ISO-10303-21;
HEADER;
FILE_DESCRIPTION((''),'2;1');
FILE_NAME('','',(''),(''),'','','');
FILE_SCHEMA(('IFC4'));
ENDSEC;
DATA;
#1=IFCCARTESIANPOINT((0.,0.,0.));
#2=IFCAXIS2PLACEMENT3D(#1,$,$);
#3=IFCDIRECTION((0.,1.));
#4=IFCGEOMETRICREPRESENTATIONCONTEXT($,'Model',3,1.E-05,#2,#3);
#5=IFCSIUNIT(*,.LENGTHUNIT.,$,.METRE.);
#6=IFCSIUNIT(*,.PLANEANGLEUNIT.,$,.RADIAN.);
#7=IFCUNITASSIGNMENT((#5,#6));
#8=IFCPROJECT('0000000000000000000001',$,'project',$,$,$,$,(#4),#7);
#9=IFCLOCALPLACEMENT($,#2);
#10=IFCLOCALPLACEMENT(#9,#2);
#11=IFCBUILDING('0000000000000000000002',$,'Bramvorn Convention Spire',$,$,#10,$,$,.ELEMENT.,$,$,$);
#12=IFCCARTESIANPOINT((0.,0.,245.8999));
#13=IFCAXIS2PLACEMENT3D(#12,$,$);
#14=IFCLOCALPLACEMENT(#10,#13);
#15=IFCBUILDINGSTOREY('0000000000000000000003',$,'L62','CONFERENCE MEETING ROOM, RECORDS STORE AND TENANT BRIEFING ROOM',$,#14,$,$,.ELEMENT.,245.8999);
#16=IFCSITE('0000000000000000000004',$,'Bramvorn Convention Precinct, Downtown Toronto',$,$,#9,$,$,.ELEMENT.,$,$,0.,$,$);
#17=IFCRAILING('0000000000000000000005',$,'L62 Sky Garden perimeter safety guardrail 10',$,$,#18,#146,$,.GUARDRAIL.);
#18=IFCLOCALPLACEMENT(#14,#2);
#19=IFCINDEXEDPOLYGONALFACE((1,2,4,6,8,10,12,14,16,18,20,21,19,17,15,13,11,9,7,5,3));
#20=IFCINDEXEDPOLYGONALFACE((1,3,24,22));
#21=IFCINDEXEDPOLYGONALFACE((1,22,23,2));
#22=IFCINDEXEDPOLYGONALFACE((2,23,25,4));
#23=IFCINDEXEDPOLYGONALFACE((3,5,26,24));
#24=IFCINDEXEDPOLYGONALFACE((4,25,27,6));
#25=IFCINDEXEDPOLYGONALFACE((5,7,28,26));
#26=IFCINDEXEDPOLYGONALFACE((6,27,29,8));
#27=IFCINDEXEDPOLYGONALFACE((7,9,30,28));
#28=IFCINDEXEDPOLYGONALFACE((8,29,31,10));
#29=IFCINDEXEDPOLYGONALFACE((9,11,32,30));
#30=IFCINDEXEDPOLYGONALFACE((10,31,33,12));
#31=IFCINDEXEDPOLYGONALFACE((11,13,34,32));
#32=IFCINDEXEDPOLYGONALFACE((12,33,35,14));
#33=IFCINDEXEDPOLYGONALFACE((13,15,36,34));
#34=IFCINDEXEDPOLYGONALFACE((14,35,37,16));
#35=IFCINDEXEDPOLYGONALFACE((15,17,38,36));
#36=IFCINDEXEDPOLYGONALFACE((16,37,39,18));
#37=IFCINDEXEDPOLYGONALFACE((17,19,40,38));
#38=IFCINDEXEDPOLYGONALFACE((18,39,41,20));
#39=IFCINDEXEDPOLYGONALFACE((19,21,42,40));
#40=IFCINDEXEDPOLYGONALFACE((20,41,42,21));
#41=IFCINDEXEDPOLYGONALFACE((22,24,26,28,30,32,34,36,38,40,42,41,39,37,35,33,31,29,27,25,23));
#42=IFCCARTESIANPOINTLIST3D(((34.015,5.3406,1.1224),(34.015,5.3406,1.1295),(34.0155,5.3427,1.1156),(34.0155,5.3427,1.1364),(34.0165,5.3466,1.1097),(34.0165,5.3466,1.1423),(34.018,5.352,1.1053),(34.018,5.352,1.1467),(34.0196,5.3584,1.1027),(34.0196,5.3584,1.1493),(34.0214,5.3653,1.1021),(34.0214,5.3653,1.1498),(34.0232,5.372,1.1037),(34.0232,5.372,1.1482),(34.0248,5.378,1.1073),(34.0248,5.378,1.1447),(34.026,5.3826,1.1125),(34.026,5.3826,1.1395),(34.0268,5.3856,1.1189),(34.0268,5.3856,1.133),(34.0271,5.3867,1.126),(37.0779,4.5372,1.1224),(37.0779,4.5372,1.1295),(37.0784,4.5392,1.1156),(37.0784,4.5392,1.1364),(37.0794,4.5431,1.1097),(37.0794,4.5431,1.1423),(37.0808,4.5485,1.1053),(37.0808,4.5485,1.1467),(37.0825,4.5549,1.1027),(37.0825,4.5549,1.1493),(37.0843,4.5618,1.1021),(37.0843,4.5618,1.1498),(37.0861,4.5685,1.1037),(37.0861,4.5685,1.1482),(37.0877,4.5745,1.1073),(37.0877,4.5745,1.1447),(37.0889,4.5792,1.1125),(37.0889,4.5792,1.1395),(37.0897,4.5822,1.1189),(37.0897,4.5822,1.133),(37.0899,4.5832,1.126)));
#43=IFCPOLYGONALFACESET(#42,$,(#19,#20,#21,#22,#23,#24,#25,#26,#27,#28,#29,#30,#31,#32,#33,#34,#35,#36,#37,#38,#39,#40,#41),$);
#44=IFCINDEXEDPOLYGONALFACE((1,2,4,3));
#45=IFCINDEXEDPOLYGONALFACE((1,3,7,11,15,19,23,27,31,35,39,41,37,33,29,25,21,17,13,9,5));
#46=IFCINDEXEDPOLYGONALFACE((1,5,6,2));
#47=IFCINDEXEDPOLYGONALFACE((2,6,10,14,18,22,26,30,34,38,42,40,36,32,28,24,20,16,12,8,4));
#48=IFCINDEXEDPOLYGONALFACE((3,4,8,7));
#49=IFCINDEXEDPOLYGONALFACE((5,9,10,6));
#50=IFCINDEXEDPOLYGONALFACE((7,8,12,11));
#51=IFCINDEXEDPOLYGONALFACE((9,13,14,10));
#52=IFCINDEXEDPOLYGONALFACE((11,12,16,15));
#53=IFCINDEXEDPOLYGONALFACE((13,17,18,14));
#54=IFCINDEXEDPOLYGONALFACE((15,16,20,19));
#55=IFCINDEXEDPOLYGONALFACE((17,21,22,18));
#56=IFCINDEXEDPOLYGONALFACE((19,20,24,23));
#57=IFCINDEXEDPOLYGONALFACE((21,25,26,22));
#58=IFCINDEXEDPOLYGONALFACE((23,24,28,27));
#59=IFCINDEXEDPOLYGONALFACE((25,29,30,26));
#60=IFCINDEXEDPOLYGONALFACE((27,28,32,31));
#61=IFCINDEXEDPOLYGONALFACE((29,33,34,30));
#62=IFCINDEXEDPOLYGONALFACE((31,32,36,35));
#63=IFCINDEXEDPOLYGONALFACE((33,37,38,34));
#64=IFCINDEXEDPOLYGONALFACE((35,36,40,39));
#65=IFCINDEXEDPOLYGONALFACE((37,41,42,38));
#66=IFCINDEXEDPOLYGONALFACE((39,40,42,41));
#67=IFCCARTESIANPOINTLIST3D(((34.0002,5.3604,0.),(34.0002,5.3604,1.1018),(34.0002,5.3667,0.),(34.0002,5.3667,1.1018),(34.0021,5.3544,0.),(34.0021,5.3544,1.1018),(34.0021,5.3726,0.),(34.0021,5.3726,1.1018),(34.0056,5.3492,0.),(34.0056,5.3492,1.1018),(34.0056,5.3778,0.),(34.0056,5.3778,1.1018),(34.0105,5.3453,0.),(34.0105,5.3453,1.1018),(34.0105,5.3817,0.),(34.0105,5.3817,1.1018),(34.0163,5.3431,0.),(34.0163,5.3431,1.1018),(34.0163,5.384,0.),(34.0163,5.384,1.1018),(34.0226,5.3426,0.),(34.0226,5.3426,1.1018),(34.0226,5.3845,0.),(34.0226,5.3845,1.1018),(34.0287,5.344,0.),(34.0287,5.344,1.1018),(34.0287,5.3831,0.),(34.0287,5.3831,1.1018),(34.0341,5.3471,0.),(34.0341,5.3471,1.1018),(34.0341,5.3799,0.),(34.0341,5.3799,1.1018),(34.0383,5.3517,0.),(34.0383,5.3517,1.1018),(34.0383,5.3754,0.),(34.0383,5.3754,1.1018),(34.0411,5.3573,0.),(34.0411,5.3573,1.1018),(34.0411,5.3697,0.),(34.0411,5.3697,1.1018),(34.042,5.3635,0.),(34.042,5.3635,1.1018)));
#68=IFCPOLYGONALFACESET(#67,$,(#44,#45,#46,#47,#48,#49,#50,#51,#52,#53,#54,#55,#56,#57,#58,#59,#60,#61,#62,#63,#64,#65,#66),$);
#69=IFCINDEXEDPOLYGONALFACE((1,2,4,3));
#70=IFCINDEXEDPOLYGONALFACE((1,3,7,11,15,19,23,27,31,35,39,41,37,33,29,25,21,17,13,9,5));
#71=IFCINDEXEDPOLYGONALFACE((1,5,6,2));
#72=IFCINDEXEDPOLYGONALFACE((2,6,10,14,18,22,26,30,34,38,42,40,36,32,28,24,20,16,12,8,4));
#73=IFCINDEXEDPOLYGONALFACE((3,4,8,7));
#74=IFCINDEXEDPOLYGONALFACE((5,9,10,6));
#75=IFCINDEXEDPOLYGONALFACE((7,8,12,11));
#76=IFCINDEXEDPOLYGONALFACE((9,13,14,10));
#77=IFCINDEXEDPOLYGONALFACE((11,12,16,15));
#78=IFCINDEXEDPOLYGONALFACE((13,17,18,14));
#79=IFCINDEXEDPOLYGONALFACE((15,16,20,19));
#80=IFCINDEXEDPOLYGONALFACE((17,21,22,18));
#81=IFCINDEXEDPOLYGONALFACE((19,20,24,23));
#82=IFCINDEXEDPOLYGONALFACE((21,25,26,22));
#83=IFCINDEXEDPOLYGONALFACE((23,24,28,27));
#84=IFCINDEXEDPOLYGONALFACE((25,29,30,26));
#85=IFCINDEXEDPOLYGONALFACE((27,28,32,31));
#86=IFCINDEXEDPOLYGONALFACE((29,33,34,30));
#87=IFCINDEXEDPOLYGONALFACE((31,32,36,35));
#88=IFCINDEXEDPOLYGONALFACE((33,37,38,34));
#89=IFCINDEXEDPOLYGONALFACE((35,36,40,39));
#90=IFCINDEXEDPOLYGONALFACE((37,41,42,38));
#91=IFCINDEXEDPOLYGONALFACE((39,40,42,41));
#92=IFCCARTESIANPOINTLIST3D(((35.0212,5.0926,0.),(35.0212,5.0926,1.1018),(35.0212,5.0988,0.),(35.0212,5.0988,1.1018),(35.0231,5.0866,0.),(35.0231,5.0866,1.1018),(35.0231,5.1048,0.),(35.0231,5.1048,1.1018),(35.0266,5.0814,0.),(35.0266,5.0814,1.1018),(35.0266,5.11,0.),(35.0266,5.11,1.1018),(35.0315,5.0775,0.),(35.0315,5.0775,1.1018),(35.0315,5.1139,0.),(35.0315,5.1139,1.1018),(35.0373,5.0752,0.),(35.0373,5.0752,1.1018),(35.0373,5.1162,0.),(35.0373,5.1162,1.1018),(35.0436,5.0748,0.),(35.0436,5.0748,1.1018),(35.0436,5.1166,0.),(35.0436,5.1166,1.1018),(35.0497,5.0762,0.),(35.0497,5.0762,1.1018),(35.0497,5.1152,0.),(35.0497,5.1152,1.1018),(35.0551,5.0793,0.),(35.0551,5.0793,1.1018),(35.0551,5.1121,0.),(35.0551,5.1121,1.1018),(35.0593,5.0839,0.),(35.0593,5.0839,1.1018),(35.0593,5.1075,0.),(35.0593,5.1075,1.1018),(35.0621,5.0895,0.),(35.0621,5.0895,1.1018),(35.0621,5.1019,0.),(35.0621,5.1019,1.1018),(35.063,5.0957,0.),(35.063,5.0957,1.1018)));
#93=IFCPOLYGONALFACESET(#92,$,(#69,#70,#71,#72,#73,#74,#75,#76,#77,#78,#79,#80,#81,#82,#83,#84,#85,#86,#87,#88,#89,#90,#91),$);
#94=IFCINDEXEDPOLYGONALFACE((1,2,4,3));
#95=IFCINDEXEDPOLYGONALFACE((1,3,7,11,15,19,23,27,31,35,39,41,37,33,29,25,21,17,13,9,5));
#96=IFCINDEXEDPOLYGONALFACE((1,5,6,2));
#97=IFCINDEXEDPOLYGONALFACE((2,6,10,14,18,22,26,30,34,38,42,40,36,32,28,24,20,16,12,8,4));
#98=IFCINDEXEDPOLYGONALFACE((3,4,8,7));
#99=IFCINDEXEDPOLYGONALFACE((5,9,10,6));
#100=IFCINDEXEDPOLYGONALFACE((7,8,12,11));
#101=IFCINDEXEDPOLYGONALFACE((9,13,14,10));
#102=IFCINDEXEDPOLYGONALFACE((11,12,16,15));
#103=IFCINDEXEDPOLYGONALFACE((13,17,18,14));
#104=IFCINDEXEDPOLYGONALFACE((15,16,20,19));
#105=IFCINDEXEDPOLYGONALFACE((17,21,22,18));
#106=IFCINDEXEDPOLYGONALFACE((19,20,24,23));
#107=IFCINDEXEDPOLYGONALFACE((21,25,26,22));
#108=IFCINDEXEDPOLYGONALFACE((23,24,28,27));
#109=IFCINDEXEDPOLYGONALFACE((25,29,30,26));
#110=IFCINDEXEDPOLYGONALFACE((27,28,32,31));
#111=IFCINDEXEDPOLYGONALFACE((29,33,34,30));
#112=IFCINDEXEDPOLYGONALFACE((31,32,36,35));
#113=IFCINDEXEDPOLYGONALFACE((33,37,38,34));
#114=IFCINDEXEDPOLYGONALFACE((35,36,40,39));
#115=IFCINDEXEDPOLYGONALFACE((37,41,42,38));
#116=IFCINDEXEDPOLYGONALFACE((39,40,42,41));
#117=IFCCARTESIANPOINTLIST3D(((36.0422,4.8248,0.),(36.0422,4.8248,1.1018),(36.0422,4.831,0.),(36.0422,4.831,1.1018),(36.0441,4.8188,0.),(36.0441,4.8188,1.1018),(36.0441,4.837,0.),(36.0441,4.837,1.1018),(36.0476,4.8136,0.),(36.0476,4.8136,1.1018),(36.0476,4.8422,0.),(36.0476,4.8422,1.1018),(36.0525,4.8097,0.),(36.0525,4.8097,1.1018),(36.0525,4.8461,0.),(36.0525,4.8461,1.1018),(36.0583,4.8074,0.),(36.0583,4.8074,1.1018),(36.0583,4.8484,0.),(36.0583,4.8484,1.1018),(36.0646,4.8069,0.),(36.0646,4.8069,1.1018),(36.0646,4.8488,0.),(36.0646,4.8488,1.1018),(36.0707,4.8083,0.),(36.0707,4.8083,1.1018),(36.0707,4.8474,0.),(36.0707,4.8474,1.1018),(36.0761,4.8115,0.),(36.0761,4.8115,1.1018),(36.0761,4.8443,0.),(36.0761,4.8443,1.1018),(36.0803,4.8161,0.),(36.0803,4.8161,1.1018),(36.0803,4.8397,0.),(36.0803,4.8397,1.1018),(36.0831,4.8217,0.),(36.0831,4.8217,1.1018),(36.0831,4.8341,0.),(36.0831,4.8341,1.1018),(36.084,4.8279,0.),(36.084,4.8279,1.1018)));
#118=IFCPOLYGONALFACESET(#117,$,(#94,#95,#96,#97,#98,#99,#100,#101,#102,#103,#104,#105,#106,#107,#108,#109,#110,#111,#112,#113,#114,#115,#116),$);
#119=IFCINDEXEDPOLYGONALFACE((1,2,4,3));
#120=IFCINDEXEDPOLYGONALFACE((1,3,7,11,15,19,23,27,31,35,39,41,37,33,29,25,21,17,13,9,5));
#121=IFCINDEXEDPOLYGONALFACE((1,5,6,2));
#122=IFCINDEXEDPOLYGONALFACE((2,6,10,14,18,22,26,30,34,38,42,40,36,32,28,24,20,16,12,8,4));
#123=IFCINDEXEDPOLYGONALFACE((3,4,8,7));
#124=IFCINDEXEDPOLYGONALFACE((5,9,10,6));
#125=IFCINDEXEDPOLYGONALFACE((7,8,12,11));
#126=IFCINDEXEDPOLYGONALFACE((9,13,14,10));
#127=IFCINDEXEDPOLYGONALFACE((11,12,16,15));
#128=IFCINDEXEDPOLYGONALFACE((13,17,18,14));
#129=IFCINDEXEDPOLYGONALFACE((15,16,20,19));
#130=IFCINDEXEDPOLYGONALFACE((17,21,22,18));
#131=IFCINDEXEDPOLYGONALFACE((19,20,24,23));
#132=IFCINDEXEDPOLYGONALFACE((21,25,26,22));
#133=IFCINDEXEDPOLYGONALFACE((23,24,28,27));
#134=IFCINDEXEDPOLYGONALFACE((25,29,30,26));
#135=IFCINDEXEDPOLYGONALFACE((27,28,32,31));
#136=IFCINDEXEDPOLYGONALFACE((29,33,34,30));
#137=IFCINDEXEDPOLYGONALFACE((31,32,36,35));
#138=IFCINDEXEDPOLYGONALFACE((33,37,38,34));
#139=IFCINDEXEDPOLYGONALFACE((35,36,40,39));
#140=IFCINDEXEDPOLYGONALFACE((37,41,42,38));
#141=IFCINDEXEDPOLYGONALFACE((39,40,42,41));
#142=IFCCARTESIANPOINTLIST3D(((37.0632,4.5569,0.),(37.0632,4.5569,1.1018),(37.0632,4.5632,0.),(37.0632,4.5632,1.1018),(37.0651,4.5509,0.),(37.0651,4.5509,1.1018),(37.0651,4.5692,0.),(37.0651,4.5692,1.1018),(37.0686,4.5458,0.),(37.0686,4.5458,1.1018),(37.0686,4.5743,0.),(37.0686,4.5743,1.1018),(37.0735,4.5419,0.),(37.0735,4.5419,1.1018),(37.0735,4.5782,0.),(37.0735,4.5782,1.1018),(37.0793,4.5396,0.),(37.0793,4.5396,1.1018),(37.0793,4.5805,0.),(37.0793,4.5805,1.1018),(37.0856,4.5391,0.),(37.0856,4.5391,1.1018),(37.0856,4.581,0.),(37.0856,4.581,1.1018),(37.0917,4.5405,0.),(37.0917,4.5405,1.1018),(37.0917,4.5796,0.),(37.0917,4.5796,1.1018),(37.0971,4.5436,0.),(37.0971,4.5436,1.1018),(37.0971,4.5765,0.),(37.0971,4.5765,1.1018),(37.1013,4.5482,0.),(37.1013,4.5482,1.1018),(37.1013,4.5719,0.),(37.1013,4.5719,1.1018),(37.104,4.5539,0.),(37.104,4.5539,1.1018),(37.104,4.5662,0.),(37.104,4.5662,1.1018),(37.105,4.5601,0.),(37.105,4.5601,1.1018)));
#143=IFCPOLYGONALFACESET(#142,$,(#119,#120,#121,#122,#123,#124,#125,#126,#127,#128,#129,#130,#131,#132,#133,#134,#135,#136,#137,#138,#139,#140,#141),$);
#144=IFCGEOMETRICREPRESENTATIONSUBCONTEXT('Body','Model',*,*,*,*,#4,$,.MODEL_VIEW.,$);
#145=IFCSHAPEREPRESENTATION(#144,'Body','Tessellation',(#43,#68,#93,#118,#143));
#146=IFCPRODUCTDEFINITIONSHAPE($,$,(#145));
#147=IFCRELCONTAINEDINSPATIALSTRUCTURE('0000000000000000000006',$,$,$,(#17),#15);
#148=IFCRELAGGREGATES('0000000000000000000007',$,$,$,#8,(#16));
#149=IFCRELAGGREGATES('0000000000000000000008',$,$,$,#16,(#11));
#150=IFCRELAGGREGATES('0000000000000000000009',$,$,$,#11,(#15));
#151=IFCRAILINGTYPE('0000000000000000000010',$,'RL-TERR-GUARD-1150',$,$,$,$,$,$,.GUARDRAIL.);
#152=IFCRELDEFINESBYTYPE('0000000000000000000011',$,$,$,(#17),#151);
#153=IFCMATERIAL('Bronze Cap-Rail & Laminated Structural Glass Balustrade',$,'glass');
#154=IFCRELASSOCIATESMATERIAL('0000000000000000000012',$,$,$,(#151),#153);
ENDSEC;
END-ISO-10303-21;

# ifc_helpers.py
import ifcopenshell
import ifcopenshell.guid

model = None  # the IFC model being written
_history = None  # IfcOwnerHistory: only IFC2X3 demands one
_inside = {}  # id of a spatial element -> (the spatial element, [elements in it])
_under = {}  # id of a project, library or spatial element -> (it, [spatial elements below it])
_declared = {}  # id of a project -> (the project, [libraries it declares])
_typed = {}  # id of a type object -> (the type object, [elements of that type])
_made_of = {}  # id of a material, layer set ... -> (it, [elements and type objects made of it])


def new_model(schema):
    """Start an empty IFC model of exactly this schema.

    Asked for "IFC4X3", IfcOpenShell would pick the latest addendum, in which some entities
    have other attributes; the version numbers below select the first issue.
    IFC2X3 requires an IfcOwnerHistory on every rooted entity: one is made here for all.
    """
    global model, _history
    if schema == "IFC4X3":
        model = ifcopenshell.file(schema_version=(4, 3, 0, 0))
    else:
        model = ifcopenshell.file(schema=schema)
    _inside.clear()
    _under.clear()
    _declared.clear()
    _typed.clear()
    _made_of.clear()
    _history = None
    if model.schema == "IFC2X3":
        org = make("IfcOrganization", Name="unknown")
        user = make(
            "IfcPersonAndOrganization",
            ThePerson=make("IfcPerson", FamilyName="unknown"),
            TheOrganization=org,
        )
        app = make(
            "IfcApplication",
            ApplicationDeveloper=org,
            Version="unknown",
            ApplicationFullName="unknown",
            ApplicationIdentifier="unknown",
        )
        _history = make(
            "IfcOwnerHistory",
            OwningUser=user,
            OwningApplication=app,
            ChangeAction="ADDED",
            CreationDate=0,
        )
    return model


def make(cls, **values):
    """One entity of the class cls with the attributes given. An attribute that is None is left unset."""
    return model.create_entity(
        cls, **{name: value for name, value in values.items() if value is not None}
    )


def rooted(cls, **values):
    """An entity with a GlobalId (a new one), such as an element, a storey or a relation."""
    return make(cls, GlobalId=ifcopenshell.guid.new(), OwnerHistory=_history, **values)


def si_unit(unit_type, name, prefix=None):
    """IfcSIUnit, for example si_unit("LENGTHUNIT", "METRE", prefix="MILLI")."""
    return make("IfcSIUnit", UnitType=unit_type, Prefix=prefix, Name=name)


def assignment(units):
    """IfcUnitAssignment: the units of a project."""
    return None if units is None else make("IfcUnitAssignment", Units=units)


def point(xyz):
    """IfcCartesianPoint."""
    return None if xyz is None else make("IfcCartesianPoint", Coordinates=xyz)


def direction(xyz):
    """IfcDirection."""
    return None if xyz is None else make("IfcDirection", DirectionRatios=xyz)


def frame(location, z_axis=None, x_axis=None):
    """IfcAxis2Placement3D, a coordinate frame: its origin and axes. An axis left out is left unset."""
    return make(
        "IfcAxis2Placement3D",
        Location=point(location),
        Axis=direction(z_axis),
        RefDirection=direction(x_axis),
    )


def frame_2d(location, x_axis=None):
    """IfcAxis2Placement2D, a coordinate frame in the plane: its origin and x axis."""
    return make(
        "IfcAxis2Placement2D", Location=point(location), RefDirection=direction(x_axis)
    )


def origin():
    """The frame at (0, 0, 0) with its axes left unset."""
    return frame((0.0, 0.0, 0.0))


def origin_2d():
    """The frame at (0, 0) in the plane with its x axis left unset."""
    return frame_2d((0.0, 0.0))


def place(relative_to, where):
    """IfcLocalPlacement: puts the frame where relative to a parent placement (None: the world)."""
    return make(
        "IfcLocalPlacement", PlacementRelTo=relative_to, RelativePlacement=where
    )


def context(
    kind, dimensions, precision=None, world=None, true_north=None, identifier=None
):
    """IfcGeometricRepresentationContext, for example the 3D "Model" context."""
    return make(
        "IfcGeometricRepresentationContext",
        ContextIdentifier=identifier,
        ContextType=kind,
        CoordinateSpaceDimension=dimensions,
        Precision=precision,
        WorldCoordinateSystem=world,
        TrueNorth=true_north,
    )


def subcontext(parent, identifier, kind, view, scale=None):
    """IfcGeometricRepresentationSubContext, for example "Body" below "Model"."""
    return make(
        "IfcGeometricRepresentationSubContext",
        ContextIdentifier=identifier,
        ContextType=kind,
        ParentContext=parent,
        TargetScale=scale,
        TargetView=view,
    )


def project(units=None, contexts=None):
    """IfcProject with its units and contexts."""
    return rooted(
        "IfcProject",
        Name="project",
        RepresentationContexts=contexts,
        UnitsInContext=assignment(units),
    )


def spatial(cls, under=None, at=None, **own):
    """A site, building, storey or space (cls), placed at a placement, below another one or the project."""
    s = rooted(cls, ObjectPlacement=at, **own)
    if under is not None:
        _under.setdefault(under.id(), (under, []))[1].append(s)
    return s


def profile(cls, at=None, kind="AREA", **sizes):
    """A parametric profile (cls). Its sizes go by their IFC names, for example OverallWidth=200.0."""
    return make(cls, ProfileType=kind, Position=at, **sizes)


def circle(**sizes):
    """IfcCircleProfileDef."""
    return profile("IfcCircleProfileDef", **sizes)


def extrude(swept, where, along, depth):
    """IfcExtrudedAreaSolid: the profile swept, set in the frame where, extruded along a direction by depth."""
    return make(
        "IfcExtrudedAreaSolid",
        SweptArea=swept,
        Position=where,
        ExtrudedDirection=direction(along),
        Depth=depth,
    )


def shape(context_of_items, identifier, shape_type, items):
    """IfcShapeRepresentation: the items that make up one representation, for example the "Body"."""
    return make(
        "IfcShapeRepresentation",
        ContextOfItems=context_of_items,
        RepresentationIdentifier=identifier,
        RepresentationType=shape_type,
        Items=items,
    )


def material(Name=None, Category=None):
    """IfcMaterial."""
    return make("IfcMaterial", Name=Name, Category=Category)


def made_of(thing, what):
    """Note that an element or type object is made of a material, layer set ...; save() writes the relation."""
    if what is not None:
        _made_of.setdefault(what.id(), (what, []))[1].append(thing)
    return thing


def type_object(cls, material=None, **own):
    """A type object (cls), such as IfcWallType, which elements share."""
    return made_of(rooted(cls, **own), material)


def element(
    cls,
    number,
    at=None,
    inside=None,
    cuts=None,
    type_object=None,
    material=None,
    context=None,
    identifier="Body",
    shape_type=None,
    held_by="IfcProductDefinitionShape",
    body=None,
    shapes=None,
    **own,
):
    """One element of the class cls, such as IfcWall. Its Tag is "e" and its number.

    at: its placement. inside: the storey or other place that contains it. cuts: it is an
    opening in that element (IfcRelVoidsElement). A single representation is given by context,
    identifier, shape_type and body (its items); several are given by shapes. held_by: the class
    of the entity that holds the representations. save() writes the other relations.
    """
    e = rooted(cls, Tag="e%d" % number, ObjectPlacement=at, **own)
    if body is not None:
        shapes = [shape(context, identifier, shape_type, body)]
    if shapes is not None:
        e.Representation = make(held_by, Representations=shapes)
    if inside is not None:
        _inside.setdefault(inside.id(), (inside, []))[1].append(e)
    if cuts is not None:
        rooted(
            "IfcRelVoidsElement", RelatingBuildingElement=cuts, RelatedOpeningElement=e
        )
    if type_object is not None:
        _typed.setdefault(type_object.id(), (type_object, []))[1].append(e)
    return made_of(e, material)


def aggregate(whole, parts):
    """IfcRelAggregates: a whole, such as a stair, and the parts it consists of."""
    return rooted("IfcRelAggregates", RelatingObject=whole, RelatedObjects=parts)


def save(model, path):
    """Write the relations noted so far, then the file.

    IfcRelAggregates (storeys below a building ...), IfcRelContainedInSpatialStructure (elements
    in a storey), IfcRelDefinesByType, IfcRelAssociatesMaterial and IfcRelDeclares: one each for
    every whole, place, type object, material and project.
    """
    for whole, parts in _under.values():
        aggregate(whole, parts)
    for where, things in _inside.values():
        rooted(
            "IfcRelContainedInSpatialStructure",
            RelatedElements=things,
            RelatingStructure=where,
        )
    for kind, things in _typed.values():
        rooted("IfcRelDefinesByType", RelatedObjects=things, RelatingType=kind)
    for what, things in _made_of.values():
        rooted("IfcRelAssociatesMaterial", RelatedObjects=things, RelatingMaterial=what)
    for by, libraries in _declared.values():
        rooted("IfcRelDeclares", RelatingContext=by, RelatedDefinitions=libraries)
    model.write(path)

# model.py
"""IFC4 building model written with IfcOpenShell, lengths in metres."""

from ifc_helpers import new_model, si_unit, direction, frame, origin, origin_2d, place, context, subcontext, project, spatial, circle, extrude, material, type_object, element, save


model = new_model("IFC4")

# Units and contexts
model_context = context("Model", 3, precision=1e-05, world=origin(), true_north=direction((0.0, 1.0)))
body_context = subcontext(model_context, "Body", "Model", "MODEL_VIEW")
ifc_project = project(units=[si_unit("LENGTHUNIT", "METRE"), si_unit("PLANEANGLEUNIT", "RADIAN")], contexts=[model_context])

# Site, building, storey
site_placement = place(None, origin())
site = spatial("IfcSite", under=ifc_project, at=site_placement, Name="Bramvorn Convention Precinct, Downtown Toronto", CompositionType="ELEMENT", RefElevation=0.0)
building_placement = place(site_placement, origin())
building = spatial("IfcBuilding", under=site, at=building_placement, Name="Bramvorn Convention Spire", CompositionType="ELEMENT")
storey_placement = place(building_placement, frame((0.0, 0.0, 245.8999)))
storey = spatial("IfcBuildingStorey", under=building, at=storey_placement, Name="L62", Description="CONFERENCE MEETING ROOM, RECORDS STORE AND TENANT BRIEFING ROOM", CompositionType="ELEMENT", Elevation=245.8999)

# Railing
ifc_material_1 = material(Name="Bronze Cap-Rail & Laminated Structural Glass Balustrade", Category="glass")
railing_type_1 = type_object("IfcRailingType", Name="RL-TERR-GUARD-1150", PredefinedType="GUARDRAIL", material=ifc_material_1)
railing_1_placement = place(storey_placement, frame((34.021, 5.3635, 0.0)))
element("IfcRailing", 1, at=railing_1_placement, inside=storey, type_object=railing_type_1, Name="L62 Sky Garden perimeter safety guardrail 10", PredefinedType="GUARDRAIL", context=body_context, shape_type="SweptSolid", body=[
    extrude(circle(Radius=0.0239, at=origin_2d()), frame((0.0, 0.0, 1.126), z_axis=(0.967275, -0.25373, 0.0), x_axis=(0.25373, 0.967275, 0.0)), (0.0, 0.0, 1.0), 3.1665),
    extrude(circle(Radius=0.021, at=origin_2d()), origin(), (0.0, 0.0, 1.0), 1.1018),
    extrude(circle(Radius=0.021, at=origin_2d()), frame((1.021, -0.2678, 0.0)), (0.0, 0.0, 1.0), 1.1018),
    extrude(circle(Radius=0.021, at=origin_2d()), frame((2.042, -0.5356, 0.0)), (0.0, 0.0, 1.0), 1.1018),
    extrude(circle(Radius=0.021, at=origin_2d()), frame((3.063, -0.8035, 0.0)), (0.0, 0.0, 1.0), 1.1018),
])

save(model, "model.ifc")
